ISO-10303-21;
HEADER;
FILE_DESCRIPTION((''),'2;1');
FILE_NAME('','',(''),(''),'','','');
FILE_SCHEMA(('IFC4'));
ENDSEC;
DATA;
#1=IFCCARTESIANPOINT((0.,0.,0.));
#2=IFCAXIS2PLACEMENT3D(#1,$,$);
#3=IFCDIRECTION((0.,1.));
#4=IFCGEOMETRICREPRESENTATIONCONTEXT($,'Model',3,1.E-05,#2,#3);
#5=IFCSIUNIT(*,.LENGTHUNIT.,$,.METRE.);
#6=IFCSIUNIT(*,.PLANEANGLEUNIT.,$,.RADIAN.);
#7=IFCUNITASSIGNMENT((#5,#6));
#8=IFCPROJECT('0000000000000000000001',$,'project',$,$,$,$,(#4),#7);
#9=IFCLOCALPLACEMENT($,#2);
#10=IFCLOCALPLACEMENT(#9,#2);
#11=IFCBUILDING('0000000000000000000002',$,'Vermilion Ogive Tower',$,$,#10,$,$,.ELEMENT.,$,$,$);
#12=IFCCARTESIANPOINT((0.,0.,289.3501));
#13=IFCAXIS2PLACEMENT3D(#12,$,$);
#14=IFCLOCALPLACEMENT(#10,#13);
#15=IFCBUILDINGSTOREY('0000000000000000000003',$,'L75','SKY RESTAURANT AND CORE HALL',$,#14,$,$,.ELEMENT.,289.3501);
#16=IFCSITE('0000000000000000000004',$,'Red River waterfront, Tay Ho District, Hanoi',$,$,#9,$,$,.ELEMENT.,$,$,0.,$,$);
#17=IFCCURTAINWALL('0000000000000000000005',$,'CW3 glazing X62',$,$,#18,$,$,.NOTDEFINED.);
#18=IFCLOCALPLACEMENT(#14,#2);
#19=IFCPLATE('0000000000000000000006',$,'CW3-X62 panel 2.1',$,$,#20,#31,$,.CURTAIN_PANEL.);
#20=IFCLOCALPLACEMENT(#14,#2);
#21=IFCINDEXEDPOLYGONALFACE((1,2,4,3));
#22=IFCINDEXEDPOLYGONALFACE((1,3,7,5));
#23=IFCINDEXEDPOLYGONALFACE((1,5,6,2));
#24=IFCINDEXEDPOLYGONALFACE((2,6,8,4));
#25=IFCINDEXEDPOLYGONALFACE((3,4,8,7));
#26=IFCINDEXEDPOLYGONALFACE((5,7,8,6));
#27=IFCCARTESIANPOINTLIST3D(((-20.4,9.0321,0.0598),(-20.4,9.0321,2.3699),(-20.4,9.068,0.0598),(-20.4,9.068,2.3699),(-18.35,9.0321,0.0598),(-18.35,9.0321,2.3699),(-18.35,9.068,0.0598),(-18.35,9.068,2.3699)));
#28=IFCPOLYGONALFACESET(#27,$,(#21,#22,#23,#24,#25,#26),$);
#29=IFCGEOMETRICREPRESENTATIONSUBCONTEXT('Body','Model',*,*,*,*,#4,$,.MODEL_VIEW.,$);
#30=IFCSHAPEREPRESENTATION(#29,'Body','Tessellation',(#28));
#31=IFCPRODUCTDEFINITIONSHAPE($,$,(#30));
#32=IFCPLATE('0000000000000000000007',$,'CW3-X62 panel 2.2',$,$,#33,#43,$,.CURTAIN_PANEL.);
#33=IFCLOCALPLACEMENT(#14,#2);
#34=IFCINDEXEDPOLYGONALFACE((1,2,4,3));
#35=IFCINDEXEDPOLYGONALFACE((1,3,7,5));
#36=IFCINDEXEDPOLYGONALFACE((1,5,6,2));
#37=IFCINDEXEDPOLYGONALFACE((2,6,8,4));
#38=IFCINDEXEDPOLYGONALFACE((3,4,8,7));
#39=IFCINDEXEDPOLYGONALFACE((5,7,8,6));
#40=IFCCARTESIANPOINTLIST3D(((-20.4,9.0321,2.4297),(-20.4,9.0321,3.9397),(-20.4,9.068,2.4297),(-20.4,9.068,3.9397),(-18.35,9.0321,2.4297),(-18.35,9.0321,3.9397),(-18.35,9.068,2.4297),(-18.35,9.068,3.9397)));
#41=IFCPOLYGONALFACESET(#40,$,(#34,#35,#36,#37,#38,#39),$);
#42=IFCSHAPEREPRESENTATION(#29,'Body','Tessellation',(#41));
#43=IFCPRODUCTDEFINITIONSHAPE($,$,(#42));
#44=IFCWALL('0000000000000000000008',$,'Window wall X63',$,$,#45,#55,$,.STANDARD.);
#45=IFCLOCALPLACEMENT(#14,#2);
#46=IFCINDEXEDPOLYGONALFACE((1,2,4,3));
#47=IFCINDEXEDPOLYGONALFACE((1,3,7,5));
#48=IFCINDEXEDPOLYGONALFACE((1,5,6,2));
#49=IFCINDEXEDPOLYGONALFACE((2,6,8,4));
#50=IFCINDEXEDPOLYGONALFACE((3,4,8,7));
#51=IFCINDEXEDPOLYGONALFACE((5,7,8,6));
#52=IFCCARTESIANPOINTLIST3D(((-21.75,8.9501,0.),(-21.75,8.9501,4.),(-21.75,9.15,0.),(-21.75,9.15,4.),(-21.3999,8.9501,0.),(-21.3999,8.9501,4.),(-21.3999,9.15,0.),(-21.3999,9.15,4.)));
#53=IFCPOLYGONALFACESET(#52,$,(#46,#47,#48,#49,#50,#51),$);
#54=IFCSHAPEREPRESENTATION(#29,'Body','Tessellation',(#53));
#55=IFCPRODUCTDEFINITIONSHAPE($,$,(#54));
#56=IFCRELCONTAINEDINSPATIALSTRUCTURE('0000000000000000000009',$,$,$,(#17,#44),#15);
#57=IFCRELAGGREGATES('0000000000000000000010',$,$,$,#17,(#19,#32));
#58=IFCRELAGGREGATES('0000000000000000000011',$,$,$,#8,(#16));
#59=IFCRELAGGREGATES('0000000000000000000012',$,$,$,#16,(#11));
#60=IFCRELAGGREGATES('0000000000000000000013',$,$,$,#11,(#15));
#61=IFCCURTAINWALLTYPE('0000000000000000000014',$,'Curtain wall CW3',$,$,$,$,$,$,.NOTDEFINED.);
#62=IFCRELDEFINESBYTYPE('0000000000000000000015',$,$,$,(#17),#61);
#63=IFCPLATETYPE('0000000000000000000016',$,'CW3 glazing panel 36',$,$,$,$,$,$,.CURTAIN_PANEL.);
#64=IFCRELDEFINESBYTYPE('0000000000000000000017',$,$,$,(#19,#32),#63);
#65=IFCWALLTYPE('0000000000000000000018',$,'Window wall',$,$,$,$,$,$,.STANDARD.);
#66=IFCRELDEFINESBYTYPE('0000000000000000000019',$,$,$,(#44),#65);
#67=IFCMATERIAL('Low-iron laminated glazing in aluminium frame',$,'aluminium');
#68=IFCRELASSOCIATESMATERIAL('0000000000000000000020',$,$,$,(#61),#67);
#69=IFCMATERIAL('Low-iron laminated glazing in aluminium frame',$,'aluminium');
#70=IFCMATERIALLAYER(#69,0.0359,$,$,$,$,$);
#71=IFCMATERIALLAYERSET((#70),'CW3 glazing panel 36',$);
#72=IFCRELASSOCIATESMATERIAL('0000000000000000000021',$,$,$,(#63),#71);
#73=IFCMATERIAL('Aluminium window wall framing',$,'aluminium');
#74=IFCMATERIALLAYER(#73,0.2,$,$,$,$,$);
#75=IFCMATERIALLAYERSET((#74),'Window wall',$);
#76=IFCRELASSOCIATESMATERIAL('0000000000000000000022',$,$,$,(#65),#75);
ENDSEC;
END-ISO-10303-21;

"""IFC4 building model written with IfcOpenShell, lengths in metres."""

from ifc_helpers import new_model, si_unit, direction, frame, frame_2d, origin, origin_2d, place, context, subcontext, project, spatial, rectangle, extrude, material, layer, layer_set, type_object, element, aggregate, save


model = new_model("IFC4")

# Units and contexts
model_context = context("Model", 3, precision=1e-05, world=origin(), true_north=direction((0.0, 1.0)))
body_context = subcontext(model_context, "Body", "Model", "MODEL_VIEW")
ifc_project = project(units=[si_unit("LENGTHUNIT", "METRE"), si_unit("PLANEANGLEUNIT", "RADIAN")], contexts=[model_context])

# Site, building, storey
site_placement = place(None, origin())
site = spatial("IfcSite", under=ifc_project, at=site_placement, Name="Red River waterfront, Tay Ho District, Hanoi", CompositionType="ELEMENT", RefElevation=0.0)
building_placement = place(site_placement, origin())
building = spatial("IfcBuilding", under=site, at=building_placement, Name="Vermilion Ogive Tower", CompositionType="ELEMENT")
storey_placement = place(building_placement, frame((0.0, 0.0, 289.3501)))
storey = spatial("IfcBuildingStorey", under=building, at=storey_placement, Name="L75", Description="SKY RESTAURANT AND CORE HALL", CompositionType="ELEMENT", Elevation=289.3501)

# Shared definitions
ifc_material_1 = material(Name="Low-iron laminated glazing in aluminium frame", Category="aluminium")
curtain_wall_type = type_object("IfcCurtainWallType", Name="Curtain wall CW3", PredefinedType="NOTDEFINED", material=ifc_material_1)

# Curtain wall
curtain_wall_1_placement = place(storey_placement, origin())
curtain_wall_1 = element("IfcCurtainWall", 1, at=curtain_wall_1_placement, inside=storey, type_object=curtain_wall_type, Name="CW3 glazing X62", PredefinedType="NOTDEFINED")

# Plates
ifc_material_2 = material(Name="Low-iron laminated glazing in aluminium frame", Category="aluminium")
ifc_layer_1 = layer(ifc_material_2, 0.0359)
ifc_layer_set_1 = layer_set([ifc_layer_1], Name="CW3 glazing panel 36")
plate_type = type_object("IfcPlateType", Name="CW3 glazing panel 36", PredefinedType="CURTAIN_PANEL", material=ifc_layer_set_1)
plate_1_placement = place(storey_placement, frame((-19.375, 9.05, 0.0598), z_axis=(0.0, 0.0, 1.0), x_axis=(-1.0, 0.0, 0.0)))
plate_1 = element("IfcPlate", 2, at=plate_1_placement, type_object=plate_type, Name="CW3-X62 panel 2.1", PredefinedType="CURTAIN_PANEL", context=body_context, shape_type="SweptSolid", body=[
    extrude(rectangle(XDim=2.05, YDim=0.0359, at=origin_2d()), origin(), (0.0, 0.0, 1.0), 2.3101),
])
plate_2_placement = place(storey_placement, frame((-19.375, 9.05, 2.4297), z_axis=(0.0, 0.0, 1.0), x_axis=(-1.0, 0.0, 0.0)))
plate_2 = element("IfcPlate", 3, at=plate_2_placement, type_object=plate_type, Name="CW3-X62 panel 2.2", PredefinedType="CURTAIN_PANEL", context=body_context, shape_type="SweptSolid", body=[
    extrude(rectangle(XDim=2.05, YDim=0.0359, at=origin_2d()), origin(), (0.0, 0.0, 1.0), 1.51),
])
aggregate(curtain_wall_1, [plate_1, plate_2])

# Wall
ifc_material_3 = material(Name="Aluminium window wall framing", Category="aluminium")
ifc_layer_2 = layer(ifc_material_3, 0.2)
ifc_layer_set_2 = layer_set([ifc_layer_2], Name="Window wall")
wall_type = type_object("IfcWallType", Name="Window wall", PredefinedType="STANDARD", material=ifc_layer_set_2)
wall_placement = place(storey_placement, frame((-21.3999, 9.05, 0.0), z_axis=(0.0, 0.0, 1.0), x_axis=(-1.0, 0.0, 0.0)))
element("IfcWall", 4, at=wall_placement, inside=storey, type_object=wall_type, Name="Window wall X63", PredefinedType="STANDARD", context=body_context, shape_type="SweptSolid", body=[
    extrude(rectangle(XDim=0.3501, YDim=0.2, at=frame_2d((0.175, 0.0))), origin(), (0.0, 0.0, 1.0), 4.0),
])

save(model, "model.ifc")
